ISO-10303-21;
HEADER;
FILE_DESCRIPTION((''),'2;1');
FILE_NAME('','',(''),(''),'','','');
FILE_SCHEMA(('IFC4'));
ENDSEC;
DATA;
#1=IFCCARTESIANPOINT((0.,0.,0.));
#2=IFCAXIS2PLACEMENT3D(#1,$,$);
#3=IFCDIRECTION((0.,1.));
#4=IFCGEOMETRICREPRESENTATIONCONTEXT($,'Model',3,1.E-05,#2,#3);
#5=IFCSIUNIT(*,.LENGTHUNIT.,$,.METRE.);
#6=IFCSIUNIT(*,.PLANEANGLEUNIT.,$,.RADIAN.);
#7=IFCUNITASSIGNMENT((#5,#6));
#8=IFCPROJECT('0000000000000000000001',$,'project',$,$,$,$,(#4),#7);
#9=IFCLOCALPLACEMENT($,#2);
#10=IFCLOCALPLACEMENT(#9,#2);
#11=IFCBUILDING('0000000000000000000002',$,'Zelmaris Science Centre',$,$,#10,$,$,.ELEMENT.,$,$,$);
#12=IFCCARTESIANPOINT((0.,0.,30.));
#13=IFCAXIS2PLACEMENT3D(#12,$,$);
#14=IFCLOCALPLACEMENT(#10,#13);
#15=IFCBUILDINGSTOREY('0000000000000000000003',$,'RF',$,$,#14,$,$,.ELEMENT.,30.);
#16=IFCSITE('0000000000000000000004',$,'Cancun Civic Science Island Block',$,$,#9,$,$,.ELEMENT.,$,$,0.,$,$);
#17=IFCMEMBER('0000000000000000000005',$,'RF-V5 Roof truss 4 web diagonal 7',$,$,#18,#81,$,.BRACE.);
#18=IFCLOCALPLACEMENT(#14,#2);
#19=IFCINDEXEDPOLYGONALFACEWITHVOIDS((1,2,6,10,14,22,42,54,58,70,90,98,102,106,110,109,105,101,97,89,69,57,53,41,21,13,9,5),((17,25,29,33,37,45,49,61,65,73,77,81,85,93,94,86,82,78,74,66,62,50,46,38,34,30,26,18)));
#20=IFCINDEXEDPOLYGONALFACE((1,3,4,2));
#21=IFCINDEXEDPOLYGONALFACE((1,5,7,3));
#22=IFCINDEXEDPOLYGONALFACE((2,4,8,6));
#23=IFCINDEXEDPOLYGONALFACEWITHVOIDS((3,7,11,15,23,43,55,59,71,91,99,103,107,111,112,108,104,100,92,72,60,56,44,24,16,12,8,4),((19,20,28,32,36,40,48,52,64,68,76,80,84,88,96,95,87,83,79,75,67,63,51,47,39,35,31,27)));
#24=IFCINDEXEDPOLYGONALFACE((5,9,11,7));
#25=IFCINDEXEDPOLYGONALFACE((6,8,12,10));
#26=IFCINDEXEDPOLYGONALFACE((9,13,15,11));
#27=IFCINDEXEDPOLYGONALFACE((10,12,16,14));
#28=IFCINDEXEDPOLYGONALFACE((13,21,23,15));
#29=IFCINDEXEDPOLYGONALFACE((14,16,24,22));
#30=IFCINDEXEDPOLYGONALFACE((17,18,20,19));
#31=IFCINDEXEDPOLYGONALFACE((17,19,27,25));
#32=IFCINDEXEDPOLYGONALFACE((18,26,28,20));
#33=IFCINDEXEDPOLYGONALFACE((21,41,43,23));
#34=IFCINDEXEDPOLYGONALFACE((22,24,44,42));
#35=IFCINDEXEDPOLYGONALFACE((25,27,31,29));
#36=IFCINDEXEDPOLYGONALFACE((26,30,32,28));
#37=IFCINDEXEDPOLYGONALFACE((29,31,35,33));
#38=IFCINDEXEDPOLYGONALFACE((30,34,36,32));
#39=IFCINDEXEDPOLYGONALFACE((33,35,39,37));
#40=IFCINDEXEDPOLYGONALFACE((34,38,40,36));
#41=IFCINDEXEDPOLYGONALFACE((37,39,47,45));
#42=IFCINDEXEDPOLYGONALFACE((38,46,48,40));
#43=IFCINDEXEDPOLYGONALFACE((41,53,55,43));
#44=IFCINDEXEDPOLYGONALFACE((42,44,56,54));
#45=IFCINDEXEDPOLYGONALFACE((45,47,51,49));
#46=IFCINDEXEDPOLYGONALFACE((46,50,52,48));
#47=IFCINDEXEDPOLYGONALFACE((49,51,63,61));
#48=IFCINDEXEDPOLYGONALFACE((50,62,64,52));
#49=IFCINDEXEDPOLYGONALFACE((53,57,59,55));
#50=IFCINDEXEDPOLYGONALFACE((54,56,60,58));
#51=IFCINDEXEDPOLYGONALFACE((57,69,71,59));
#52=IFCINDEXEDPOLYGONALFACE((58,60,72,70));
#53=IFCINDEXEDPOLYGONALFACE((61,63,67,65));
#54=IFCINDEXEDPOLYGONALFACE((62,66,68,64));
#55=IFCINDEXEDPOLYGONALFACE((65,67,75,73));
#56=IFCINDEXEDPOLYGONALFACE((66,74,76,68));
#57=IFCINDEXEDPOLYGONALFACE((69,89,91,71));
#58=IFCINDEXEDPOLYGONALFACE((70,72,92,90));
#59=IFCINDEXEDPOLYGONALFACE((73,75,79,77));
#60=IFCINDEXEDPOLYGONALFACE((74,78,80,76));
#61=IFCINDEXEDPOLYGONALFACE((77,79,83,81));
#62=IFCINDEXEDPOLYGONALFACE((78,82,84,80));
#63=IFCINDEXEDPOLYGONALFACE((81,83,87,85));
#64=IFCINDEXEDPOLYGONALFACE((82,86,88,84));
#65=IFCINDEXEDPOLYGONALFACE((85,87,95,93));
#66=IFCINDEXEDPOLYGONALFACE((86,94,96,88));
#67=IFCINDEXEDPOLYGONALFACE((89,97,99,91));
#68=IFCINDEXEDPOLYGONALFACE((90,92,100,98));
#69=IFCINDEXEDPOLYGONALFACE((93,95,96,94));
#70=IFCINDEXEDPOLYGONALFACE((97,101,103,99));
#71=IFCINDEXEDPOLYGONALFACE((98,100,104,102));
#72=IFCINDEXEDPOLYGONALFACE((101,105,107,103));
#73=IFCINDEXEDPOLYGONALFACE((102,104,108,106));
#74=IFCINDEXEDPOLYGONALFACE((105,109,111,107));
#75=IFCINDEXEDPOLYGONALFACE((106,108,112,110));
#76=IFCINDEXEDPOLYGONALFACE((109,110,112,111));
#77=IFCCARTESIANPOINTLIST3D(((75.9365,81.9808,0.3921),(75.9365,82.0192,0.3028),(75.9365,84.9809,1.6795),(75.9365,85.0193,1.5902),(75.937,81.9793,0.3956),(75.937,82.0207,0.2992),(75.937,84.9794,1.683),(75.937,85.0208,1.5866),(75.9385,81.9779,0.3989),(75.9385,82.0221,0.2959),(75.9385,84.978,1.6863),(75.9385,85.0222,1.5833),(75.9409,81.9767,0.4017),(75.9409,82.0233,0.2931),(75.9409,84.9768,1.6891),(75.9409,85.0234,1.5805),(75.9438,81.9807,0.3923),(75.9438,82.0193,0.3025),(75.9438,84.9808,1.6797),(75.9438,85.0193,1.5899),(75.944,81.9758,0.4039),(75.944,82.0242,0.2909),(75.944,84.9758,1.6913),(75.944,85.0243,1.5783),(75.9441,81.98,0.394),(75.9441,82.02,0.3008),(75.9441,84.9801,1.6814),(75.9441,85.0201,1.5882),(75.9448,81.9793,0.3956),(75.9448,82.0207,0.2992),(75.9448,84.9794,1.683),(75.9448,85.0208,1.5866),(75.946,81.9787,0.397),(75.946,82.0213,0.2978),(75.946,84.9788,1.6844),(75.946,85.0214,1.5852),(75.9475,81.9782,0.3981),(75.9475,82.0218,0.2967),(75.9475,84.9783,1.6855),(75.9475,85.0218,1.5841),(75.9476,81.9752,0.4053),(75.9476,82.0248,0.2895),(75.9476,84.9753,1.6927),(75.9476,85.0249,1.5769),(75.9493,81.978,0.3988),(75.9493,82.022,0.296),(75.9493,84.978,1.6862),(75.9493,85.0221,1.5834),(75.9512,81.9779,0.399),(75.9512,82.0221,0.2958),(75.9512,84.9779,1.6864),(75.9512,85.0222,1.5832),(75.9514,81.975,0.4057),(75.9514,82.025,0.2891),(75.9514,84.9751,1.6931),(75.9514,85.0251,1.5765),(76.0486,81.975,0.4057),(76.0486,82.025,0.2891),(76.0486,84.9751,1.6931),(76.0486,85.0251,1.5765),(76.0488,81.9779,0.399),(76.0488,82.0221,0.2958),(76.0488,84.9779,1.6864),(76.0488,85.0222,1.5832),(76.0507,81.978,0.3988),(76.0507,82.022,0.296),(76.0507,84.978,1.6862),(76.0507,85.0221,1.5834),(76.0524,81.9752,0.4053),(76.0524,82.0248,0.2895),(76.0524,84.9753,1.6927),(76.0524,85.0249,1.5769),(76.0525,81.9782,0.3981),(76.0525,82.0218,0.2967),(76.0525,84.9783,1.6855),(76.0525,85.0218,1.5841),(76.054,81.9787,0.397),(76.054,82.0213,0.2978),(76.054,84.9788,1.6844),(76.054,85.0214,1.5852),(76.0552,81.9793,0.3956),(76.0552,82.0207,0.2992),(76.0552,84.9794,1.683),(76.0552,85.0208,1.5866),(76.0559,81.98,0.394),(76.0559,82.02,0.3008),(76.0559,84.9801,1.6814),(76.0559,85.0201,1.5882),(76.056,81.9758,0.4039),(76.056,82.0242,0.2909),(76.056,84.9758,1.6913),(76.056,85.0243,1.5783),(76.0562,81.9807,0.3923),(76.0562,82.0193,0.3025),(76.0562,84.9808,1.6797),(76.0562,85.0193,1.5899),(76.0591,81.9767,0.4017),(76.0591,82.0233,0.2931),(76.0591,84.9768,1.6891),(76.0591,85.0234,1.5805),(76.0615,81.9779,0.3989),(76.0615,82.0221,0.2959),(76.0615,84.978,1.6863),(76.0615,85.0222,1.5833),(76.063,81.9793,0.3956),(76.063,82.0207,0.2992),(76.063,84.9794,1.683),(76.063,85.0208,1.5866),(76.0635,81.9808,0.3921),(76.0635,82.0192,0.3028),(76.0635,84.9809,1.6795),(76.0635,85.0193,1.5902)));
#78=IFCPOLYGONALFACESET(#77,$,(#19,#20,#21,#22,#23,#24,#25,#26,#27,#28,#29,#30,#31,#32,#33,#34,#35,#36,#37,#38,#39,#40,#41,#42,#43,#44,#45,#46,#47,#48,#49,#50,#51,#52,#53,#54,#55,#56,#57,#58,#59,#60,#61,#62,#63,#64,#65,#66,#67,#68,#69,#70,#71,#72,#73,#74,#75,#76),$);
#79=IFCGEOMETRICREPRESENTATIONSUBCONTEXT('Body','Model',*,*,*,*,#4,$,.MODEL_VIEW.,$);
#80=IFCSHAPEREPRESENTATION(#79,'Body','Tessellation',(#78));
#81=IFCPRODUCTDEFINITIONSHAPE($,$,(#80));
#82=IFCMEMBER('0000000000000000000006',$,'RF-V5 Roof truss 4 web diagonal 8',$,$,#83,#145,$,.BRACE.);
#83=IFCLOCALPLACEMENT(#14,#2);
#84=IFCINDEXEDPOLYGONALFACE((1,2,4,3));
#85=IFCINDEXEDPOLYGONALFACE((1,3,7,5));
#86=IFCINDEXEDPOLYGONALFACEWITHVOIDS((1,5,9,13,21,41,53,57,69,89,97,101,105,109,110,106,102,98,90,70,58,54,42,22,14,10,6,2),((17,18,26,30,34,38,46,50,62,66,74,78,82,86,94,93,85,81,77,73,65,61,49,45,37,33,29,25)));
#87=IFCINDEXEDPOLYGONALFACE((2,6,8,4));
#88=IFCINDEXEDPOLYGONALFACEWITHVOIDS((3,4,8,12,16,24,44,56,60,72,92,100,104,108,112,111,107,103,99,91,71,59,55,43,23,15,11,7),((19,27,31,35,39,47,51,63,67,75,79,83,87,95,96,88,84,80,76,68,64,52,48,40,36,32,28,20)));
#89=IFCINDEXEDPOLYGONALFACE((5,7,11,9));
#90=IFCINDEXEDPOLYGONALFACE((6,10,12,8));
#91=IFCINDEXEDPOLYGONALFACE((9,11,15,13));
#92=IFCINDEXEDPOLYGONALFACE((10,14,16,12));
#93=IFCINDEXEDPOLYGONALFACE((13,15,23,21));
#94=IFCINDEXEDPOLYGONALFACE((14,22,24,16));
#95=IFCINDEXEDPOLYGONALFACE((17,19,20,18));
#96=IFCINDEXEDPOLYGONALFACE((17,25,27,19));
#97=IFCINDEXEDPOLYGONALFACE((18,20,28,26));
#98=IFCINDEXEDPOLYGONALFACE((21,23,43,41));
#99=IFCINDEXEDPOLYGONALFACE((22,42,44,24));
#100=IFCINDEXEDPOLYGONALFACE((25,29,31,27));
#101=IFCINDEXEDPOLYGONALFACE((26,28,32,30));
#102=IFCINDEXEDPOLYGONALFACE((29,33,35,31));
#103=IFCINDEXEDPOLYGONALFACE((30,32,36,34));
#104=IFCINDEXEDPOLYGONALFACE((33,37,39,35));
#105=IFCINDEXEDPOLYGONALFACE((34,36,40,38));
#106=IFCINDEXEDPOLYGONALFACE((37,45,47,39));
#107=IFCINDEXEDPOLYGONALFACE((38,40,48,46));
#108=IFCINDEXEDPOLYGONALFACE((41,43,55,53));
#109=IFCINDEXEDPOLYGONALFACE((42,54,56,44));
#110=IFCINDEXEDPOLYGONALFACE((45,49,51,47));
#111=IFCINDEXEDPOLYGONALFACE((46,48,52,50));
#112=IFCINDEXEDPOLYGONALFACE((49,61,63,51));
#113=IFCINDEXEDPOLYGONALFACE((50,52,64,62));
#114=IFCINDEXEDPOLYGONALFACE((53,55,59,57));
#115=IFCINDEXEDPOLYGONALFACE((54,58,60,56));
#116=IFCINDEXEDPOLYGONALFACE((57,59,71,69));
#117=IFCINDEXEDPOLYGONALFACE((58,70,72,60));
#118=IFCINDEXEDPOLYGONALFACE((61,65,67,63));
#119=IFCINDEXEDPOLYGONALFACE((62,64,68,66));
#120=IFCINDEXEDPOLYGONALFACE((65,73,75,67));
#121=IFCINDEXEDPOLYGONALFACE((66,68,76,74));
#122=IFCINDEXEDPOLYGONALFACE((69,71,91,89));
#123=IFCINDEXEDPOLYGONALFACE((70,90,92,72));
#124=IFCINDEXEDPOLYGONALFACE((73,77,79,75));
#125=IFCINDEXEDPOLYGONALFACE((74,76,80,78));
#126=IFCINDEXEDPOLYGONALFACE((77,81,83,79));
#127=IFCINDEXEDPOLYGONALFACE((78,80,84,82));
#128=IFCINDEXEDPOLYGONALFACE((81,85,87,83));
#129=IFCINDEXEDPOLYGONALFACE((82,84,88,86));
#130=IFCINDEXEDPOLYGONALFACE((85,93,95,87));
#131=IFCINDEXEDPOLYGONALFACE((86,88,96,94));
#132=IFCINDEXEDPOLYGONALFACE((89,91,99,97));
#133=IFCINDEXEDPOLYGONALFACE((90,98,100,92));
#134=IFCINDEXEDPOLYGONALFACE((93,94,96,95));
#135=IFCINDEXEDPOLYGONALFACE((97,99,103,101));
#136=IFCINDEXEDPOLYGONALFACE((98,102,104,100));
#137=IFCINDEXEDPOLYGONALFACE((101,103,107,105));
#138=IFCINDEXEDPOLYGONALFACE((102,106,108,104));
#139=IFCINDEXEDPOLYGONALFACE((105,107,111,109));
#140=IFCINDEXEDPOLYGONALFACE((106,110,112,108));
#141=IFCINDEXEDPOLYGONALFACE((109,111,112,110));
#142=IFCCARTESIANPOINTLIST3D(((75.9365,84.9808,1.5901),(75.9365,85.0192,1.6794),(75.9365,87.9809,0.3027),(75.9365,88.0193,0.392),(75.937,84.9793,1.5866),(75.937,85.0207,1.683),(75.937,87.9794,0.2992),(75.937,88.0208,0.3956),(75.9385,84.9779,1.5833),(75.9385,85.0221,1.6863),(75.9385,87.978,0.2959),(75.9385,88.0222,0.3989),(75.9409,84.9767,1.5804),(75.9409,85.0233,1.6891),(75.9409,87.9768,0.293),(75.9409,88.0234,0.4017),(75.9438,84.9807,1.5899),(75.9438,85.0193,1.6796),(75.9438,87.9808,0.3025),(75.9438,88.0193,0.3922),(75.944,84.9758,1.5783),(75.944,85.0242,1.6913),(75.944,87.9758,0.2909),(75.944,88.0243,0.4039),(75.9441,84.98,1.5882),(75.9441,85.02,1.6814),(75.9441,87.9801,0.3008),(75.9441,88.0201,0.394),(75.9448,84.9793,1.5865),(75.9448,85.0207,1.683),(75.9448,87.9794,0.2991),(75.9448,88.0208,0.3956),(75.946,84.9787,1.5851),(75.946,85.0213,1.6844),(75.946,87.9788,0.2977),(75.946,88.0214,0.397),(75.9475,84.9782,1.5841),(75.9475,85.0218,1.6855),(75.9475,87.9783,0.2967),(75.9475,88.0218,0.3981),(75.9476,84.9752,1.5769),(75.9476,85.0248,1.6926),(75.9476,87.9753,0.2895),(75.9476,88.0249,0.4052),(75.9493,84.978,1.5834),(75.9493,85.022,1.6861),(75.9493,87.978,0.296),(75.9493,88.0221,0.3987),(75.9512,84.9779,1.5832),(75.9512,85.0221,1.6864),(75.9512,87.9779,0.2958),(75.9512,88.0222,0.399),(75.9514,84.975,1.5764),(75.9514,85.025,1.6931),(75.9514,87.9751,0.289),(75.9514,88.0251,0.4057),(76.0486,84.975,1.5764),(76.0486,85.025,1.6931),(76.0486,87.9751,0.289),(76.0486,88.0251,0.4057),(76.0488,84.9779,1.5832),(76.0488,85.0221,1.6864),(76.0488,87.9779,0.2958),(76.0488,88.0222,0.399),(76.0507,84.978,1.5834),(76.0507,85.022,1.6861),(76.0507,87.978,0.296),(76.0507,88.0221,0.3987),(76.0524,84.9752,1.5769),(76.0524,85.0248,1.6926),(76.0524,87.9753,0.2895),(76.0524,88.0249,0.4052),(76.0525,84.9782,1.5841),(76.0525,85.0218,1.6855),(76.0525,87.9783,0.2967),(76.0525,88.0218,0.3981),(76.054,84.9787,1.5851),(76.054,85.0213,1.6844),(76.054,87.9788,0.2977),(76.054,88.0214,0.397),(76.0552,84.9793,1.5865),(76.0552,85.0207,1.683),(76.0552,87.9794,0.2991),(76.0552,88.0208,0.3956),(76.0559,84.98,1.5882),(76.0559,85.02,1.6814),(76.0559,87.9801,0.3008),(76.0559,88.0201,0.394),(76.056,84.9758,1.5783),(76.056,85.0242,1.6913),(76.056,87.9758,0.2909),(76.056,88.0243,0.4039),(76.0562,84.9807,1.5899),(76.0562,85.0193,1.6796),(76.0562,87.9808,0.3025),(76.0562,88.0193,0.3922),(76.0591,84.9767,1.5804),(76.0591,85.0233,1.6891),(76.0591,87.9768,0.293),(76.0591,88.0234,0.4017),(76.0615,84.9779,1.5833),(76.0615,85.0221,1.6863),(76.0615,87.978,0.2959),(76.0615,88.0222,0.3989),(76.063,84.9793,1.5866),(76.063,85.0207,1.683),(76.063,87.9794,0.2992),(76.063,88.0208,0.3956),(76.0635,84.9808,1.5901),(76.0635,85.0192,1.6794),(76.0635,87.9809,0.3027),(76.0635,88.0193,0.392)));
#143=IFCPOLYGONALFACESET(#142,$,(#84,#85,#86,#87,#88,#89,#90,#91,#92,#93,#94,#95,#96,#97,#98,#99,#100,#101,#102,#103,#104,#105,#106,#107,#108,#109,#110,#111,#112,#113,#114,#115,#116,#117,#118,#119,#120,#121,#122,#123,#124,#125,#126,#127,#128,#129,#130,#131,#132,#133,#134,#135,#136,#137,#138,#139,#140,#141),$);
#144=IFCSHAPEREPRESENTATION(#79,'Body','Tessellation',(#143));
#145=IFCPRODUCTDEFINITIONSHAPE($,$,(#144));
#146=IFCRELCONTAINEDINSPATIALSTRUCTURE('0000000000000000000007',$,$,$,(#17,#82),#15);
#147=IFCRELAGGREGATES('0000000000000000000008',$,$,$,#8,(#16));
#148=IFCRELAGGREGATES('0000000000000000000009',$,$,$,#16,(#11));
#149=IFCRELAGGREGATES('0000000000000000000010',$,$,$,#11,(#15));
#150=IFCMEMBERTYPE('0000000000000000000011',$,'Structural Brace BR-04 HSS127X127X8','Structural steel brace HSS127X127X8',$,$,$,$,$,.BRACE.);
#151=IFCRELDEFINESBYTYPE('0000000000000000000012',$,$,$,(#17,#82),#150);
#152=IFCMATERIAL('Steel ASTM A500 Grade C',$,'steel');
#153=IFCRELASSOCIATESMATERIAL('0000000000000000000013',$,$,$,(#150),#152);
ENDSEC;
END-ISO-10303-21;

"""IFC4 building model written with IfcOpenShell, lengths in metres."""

from ifc_helpers import new_model, si_unit, direction, frame, origin, origin_2d, place, context, subcontext, project, spatial, hollow_rectangle, extrude, material, material_profile, profile_set, type_object, element, save


model = new_model("IFC4")

# Units and contexts
model_context = context("Model", 3, precision=1e-05, world=origin(), true_north=direction((0.0, 1.0)))
body_context = subcontext(model_context, "Body", "Model", "MODEL_VIEW")
ifc_project = project(units=[si_unit("LENGTHUNIT", "METRE"), si_unit("PLANEANGLEUNIT", "RADIAN")], contexts=[model_context])

# Site, building, storey
site_placement = place(None, origin())
site = spatial("IfcSite", under=ifc_project, at=site_placement, Name="Cancun Civic Science Island Block", CompositionType="ELEMENT", RefElevation=0.0)
building_placement = place(site_placement, origin())
building = spatial("IfcBuilding", under=site, at=building_placement, Name="Zelmaris Science Centre", CompositionType="ELEMENT")
storey_placement = place(building_placement, frame((0.0, 0.0, 30.0)))
storey = spatial("IfcBuildingStorey", under=building, at=storey_placement, Name="RF", CompositionType="ELEMENT", Elevation=30.0)

# Shared definitions
ifc_material = material(Name="Steel ASTM A500 Grade C", Category="steel")

# Members
ifc_material_profile_1 = material_profile(ifc_material, hollow_rectangle(XDim=0.127, YDim=0.127, WallThickness=0.0073, InnerFilletRadius=0.0073, OuterFilletRadius=0.0149, at=origin_2d()), Name="HSS127X127X8")
ifc_profile_set_1 = profile_set([ifc_material_profile_1], Name="Steel ASTM A500 Grade C")
member_type_1 = type_object("IfcMemberType", Name="Structural Brace BR-04 HSS127X127X8", Description="Structural steel brace HSS127X127X8", PredefinedType="BRACE", material=ifc_profile_set_1)
for number, where, z_axis, x_axis, name in (
    (1, (76.0, 82.0, 0.3474), (0.0, 0.918963, 0.394343), (-1.0, 0.0, 0.0), "RF-V5 Roof truss 4 web diagonal 7"),
    (2, (76.0, 85.0, 1.6348), (0.0, 0.918963, -0.394343), (-1.0, 0.0, 0.0), "RF-V5 Roof truss 4 web diagonal 8"),
):
    element("IfcMember", number, at=place(storey_placement, frame(where, z_axis=z_axis, x_axis=x_axis)), inside=storey, type_object=member_type_1, Name=name, PredefinedType="BRACE", context=body_context, shape_type="SweptSolid", body=[
        extrude(hollow_rectangle(XDim=0.127, YDim=0.127, WallThickness=0.0073, InnerFilletRadius=0.0073, OuterFilletRadius=0.0149, at=origin_2d()), origin(), (0.0, 0.0, 1.0), 3.2646),
    ])

save(model, "model.ifc")
